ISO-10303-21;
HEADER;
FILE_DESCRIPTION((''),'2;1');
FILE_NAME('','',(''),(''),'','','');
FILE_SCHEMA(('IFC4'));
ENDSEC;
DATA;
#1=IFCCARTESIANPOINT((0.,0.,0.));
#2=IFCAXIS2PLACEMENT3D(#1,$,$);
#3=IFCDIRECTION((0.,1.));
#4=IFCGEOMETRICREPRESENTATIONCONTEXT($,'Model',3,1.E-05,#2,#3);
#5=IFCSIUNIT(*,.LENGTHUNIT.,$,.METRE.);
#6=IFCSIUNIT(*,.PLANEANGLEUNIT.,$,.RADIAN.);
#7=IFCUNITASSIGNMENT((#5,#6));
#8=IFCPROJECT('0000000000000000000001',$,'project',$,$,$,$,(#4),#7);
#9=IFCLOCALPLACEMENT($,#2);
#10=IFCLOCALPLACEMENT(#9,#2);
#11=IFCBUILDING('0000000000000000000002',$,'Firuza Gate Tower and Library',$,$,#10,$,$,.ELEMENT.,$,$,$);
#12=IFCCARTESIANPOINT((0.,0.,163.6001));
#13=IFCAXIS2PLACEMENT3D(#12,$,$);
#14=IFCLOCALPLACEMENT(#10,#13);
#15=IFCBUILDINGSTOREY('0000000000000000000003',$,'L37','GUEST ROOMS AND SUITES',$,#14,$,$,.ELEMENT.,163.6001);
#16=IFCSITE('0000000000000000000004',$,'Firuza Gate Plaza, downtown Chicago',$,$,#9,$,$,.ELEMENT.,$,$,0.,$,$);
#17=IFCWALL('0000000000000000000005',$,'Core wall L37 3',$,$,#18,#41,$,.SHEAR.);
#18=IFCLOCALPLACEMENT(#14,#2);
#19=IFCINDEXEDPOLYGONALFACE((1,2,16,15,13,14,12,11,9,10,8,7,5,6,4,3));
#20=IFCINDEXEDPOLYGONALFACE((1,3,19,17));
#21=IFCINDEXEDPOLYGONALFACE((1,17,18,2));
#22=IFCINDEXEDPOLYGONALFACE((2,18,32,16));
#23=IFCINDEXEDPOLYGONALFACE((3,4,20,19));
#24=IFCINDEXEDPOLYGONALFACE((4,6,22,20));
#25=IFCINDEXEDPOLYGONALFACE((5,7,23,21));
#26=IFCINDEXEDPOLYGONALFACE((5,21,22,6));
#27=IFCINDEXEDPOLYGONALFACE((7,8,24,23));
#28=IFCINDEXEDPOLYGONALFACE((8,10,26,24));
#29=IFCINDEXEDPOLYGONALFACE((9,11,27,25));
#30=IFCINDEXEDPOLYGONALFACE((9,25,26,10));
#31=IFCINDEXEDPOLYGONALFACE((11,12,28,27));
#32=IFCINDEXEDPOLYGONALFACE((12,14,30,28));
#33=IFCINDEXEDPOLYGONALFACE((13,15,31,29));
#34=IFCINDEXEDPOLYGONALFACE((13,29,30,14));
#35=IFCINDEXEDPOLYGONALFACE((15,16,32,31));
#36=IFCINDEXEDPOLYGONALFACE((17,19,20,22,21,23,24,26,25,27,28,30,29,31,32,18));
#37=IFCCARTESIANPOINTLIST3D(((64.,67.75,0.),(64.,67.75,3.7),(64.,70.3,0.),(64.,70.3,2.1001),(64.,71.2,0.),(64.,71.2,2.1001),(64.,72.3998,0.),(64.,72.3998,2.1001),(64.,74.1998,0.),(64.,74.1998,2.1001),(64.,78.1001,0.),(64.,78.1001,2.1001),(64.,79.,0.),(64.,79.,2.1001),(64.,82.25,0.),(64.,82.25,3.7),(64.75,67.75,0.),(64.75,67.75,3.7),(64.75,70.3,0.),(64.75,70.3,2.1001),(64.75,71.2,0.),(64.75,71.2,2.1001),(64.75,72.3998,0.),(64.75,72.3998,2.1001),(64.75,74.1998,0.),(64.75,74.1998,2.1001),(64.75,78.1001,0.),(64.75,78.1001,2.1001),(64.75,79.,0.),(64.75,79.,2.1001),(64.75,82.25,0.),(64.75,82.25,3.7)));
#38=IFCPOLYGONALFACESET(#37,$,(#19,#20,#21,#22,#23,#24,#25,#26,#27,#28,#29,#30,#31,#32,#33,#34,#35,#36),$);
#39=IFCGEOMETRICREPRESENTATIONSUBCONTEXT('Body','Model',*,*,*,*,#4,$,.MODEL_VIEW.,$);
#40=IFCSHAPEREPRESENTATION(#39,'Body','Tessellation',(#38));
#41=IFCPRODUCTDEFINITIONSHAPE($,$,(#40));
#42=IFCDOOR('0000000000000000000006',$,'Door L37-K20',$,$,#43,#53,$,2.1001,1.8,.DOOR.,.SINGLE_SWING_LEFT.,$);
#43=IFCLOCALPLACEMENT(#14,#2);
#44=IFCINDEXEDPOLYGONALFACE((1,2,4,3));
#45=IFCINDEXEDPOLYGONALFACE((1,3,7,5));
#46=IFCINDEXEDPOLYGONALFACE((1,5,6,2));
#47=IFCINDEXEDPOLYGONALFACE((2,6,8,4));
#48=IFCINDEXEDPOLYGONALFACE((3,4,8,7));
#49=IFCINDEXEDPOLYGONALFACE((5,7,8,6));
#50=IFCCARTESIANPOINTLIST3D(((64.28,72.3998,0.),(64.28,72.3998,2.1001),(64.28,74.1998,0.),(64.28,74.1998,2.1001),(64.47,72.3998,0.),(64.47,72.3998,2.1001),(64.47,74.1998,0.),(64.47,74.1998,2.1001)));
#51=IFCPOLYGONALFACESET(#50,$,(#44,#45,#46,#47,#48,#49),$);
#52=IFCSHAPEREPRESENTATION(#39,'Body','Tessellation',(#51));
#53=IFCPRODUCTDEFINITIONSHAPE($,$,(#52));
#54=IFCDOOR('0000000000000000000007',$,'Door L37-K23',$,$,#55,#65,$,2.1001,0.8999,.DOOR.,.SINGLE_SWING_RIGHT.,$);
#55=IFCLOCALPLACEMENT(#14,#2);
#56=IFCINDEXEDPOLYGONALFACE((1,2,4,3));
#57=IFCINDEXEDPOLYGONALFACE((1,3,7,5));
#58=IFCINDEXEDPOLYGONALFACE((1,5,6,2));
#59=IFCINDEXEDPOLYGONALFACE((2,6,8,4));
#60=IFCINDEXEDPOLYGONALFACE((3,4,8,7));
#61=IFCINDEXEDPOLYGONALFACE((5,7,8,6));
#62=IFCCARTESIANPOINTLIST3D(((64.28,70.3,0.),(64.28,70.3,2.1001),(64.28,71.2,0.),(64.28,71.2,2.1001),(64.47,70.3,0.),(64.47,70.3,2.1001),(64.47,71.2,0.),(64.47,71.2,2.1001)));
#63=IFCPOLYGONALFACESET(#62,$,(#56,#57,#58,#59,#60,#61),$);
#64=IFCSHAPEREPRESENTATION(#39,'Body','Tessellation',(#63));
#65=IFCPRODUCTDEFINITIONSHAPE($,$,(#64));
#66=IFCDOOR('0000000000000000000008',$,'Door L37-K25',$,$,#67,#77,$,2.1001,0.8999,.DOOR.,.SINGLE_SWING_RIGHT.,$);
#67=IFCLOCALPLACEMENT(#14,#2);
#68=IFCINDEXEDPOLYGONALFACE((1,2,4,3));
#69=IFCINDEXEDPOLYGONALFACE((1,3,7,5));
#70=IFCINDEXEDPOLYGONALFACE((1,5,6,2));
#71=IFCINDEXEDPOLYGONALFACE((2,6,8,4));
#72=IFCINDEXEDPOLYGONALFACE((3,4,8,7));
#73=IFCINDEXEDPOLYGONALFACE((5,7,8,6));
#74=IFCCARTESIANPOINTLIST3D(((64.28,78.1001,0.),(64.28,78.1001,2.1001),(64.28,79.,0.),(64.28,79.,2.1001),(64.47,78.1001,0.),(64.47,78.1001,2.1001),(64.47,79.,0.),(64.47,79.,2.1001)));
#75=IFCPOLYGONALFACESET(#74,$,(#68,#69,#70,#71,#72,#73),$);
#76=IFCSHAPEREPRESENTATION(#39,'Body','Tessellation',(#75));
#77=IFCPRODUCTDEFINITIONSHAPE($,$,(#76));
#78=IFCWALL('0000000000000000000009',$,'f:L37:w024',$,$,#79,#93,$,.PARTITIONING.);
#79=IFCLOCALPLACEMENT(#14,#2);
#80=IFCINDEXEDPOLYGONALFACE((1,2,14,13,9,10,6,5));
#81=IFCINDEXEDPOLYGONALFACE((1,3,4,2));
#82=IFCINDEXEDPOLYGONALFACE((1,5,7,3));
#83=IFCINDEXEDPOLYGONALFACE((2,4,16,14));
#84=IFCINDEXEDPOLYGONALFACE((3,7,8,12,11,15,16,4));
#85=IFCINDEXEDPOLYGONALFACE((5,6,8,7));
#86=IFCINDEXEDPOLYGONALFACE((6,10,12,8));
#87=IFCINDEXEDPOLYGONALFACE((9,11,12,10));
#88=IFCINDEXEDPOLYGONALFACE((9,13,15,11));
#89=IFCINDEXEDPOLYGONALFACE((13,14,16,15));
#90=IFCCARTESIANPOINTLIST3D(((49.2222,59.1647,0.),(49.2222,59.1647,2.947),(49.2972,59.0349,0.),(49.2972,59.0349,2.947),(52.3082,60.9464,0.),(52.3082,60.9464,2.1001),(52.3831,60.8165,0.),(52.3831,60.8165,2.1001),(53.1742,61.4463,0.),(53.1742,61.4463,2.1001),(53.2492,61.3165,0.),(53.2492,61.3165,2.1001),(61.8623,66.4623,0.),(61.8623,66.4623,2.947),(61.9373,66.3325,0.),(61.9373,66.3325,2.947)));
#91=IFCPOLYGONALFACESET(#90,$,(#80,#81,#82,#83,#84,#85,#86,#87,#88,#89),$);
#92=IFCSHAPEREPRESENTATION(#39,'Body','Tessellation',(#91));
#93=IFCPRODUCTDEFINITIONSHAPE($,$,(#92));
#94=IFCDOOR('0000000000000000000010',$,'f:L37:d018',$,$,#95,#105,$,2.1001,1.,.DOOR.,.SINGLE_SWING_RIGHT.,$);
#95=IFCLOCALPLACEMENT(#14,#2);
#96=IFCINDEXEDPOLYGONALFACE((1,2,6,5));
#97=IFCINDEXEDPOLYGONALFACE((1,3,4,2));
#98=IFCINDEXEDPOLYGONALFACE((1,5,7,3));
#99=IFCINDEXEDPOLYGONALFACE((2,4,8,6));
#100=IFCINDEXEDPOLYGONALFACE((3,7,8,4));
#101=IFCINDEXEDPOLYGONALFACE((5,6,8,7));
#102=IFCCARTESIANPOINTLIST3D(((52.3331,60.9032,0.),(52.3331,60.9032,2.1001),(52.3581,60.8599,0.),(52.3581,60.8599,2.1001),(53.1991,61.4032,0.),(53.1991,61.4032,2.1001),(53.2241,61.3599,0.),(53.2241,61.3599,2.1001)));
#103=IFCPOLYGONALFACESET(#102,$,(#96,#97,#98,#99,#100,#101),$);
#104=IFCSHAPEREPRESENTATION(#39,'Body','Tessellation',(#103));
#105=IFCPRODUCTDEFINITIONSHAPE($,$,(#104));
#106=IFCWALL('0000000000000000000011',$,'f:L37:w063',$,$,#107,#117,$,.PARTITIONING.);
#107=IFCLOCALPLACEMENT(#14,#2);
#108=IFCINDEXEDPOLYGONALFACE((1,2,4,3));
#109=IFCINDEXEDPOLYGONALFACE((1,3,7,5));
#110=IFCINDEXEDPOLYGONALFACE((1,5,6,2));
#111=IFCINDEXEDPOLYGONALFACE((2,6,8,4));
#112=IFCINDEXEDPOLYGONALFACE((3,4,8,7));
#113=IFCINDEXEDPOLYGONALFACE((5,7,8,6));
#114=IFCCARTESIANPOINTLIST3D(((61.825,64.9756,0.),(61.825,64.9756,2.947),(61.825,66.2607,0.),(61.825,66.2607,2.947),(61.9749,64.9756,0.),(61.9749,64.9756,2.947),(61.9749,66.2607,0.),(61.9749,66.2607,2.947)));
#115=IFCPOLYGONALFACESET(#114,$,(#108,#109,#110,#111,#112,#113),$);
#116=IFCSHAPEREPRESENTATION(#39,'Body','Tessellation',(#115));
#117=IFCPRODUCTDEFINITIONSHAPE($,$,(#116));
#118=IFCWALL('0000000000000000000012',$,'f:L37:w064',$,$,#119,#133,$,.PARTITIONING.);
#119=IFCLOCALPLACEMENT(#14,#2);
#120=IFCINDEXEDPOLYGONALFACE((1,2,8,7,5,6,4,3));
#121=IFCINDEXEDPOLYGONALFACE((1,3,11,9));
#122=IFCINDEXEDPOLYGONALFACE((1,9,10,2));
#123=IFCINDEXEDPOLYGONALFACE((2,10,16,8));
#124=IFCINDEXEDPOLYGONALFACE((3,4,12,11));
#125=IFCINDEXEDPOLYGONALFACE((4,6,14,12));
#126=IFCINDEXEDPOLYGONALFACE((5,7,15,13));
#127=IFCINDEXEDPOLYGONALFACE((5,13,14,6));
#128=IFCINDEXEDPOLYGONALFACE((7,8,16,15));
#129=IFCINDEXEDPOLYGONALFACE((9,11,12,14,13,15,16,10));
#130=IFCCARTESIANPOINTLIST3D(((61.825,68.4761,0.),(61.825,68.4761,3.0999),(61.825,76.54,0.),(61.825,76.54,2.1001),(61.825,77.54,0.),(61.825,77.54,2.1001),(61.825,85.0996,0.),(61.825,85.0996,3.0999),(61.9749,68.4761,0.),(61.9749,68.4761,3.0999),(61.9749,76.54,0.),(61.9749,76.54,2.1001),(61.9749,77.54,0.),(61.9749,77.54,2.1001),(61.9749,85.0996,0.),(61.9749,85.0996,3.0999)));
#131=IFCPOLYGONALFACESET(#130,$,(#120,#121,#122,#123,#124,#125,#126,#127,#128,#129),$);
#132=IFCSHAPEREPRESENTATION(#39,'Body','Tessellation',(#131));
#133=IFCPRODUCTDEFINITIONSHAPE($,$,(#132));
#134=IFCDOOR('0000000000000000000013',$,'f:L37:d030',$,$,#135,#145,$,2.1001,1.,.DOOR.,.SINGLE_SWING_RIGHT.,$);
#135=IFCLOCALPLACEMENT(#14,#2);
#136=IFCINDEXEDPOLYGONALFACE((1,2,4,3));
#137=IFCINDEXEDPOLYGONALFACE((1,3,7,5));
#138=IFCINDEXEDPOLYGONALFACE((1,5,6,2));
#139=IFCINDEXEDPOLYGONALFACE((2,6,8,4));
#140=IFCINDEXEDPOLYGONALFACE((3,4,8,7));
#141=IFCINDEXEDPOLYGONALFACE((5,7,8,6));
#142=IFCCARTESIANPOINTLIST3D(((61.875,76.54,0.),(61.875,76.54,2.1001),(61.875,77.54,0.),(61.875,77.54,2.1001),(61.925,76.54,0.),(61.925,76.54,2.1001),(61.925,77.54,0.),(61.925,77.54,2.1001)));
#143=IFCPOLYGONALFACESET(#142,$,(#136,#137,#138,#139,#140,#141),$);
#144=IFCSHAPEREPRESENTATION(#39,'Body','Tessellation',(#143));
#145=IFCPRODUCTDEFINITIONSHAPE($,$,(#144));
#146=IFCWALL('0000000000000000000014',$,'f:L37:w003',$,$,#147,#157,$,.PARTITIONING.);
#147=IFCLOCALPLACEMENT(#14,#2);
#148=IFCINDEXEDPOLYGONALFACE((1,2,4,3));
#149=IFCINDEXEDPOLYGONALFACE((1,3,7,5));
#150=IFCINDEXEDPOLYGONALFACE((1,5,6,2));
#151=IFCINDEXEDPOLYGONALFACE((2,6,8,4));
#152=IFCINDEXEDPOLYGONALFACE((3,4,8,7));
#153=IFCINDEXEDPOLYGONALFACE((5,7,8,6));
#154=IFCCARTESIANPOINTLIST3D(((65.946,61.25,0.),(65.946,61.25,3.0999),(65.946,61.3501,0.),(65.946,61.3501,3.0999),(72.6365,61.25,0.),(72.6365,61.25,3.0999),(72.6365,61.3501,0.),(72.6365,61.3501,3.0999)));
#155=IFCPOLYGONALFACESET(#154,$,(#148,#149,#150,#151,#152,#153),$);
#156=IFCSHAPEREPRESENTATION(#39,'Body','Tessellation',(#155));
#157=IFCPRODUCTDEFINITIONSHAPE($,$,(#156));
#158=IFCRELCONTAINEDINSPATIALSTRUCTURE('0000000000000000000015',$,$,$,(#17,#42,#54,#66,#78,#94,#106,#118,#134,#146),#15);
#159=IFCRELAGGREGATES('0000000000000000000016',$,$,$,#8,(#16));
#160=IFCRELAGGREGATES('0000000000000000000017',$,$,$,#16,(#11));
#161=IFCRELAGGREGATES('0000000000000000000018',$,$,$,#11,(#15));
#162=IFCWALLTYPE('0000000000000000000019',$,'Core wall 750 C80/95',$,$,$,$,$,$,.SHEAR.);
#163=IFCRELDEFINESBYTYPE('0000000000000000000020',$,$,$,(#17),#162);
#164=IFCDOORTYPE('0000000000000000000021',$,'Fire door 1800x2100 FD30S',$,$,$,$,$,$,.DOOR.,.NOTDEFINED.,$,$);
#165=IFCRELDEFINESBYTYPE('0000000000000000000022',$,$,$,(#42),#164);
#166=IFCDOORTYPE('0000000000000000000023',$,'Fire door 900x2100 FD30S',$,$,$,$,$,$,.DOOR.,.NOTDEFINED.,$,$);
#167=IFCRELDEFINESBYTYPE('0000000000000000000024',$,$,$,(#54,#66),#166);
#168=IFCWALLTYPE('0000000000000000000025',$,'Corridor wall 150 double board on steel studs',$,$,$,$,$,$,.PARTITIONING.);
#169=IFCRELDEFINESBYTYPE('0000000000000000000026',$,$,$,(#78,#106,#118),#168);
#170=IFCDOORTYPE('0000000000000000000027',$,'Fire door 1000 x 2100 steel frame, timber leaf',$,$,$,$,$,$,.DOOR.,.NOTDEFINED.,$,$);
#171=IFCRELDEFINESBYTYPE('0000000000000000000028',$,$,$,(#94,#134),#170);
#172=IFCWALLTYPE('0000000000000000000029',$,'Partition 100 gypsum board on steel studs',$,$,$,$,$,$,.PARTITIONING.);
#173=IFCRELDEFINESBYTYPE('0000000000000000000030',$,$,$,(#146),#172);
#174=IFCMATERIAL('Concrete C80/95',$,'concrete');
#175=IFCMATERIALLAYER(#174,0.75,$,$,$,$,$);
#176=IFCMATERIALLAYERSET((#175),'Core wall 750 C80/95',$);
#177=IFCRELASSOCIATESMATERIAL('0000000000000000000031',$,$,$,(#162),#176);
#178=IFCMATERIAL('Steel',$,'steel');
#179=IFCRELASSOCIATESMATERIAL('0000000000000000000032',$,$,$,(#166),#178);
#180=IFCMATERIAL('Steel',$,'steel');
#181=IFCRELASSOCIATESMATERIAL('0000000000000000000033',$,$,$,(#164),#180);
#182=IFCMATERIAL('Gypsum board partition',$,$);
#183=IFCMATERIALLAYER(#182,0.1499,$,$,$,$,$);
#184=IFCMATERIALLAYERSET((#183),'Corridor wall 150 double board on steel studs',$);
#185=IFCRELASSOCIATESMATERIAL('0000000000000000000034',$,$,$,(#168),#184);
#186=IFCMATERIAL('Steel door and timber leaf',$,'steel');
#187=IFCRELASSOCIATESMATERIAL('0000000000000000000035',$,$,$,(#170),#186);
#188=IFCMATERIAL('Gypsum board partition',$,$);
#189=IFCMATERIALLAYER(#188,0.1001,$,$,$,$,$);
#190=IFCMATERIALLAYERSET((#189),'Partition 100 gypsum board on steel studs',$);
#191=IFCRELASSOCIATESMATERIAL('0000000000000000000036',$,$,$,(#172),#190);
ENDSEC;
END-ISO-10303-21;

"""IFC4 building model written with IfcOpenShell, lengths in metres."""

from ifc_helpers import new_model, si_unit, direction, frame, frame_2d, origin, place, context, subcontext, project, spatial, rectangle, extrude, material, layer, layer_set, type_object, element, fill, save


model = new_model("IFC4")

# Units and contexts
model_context = context("Model", 3, precision=1e-05, world=origin(), true_north=direction((0.0, 1.0)))
body_context = subcontext(model_context, "Body", "Model", "MODEL_VIEW")
ifc_project = project(units=[si_unit("LENGTHUNIT", "METRE"), si_unit("PLANEANGLEUNIT", "RADIAN")], contexts=[model_context])

# Site, building, storey
site_placement = place(None, origin())
site = spatial("IfcSite", under=ifc_project, at=site_placement, Name="Firuza Gate Plaza, downtown Chicago", CompositionType="ELEMENT", RefElevation=0.0)
building_placement = place(site_placement, origin())
building = spatial("IfcBuilding", under=site, at=building_placement, Name="Firuza Gate Tower and Library", CompositionType="ELEMENT")
storey_placement = place(building_placement, frame((0.0, 0.0, 163.6001)))
storey = spatial("IfcBuildingStorey", under=building, at=storey_placement, Name="L37", Description="GUEST ROOMS AND SUITES", CompositionType="ELEMENT", Elevation=163.6001)

# Wall, openings, doors
ifc_material_1 = material(Name="Concrete C80/95", Category="concrete")
ifc_layer_1 = layer(ifc_material_1, 0.75)
ifc_layer_set_1 = layer_set([ifc_layer_1], Name="Core wall 750 C80/95")
wall_type_1 = type_object("IfcWallType", Name="Core wall 750 C80/95", PredefinedType="SHEAR", material=ifc_layer_set_1)
ifc_material_2 = material(Name="Steel", Category="steel")
door_type_1 = type_object("IfcDoorType", Name="Fire door 900x2100 FD30S", OperationType="NOTDEFINED", PredefinedType="DOOR", material=ifc_material_2)
wall_1_placement = place(storey_placement, frame((64.375, 67.75, 0.0), z_axis=(0.0, 0.0, 1.0), x_axis=(0.0, 1.0, 0.0)))
wall_1 = element("IfcWall", 1, at=wall_1_placement, inside=storey, type_object=wall_type_1, Name="Core wall L37 3", PredefinedType="SHEAR", context=body_context, shape_type="SweptSolid", body=[
    extrude(rectangle(XDim=14.5, YDim=0.75, at=frame_2d((7.25, 0.0))), origin(), (0.0, 0.0, 1.0), 3.7),
])
opening_1_placement = place(wall_1_placement, frame((4.6499, 0.0, 0.0)))
opening_1 = element("IfcOpeningElement", 2, at=opening_1_placement, cuts=wall_1, PredefinedType="OPENING", context=body_context, shape_type="SweptSolid", body=[
    extrude(rectangle(XDim=1.8, YDim=2.1001, at=frame_2d((0.8999, 1.05))), frame((0.0, 0.385, 0.0), z_axis=(0.0, -1.0, 0.0), x_axis=(1.0, 0.0, 0.0)), (0.0, 0.0, 1.0), 0.77),
])
opening_2_placement = place(wall_1_placement, frame((2.55, 0.0, 0.0)))
opening_2 = element("IfcOpeningElement", 3, at=opening_2_placement, cuts=wall_1, PredefinedType="OPENING", context=body_context, shape_type="SweptSolid", body=[
    extrude(rectangle(XDim=0.8999, YDim=2.1001, at=frame_2d((0.45, 1.05))), frame((0.0, 0.385, 0.0), z_axis=(0.0, -1.0, 0.0), x_axis=(1.0, 0.0, 0.0)), (0.0, 0.0, 1.0), 0.77),
])
opening_3_placement = place(wall_1_placement, frame((10.3501, 0.0, 0.0)))
opening_3 = element("IfcOpeningElement", 4, at=opening_3_placement, cuts=wall_1, PredefinedType="OPENING", context=body_context, shape_type="SweptSolid", body=[
    extrude(rectangle(XDim=0.8999, YDim=2.1001, at=frame_2d((0.45, 1.05))), frame((0.0, 0.385, 0.0), z_axis=(0.0, -1.0, 0.0), x_axis=(1.0, 0.0, 0.0)), (0.0, 0.0, 1.0), 0.77),
])
ifc_material_3 = material(Name="Steel", Category="steel")
door_type_2 = type_object("IfcDoorType", Name="Fire door 1800x2100 FD30S", OperationType="NOTDEFINED", PredefinedType="DOOR", material=ifc_material_3)
door_1_placement = place(opening_1_placement, origin())
door_1 = element("IfcDoor", 5, at=door_1_placement, inside=storey, type_object=door_type_2, Name="Door L37-K20", OperationType="SINGLE_SWING_LEFT", OverallHeight=2.1001, OverallWidth=1.8, PredefinedType="DOOR", context=body_context, shape_type="SweptSolid", body=[
    extrude(rectangle(XDim=1.8, YDim=2.1001, at=frame_2d((0.8999, 1.05))), frame((0.0, 0.095, 0.0), z_axis=(0.0, -1.0, 0.0), x_axis=(1.0, 0.0, 0.0)), (0.0, 0.0, 1.0), 0.1899),
])
fill(opening_1, door_1)
door_2_placement = place(opening_2_placement, origin())
door_2 = element("IfcDoor", 6, at=door_2_placement, inside=storey, type_object=door_type_1, Name="Door L37-K23", OperationType="SINGLE_SWING_RIGHT", OverallHeight=2.1001, OverallWidth=0.8999, PredefinedType="DOOR", context=body_context, shape_type="SweptSolid", body=[
    extrude(rectangle(XDim=0.8999, YDim=2.1001, at=frame_2d((0.45, 1.05))), frame((0.0, 0.095, 0.0), z_axis=(0.0, -1.0, 0.0), x_axis=(1.0, 0.0, 0.0)), (0.0, 0.0, 1.0), 0.1899),
])
fill(opening_2, door_2)
door_3_placement = place(opening_3_placement, origin())
door_3 = element("IfcDoor", 7, at=door_3_placement, inside=storey, type_object=door_type_1, Name="Door L37-K25", OperationType="SINGLE_SWING_RIGHT", OverallHeight=2.1001, OverallWidth=0.8999, PredefinedType="DOOR", context=body_context, shape_type="SweptSolid", body=[
    extrude(rectangle(XDim=0.8999, YDim=2.1001, at=frame_2d((0.45, 1.05))), frame((0.0, 0.095, 0.0), z_axis=(0.0, -1.0, 0.0), x_axis=(1.0, 0.0, 0.0)), (0.0, 0.0, 1.0), 0.1899),
])
fill(opening_3, door_3)

# Wall, opening, door
ifc_material_4 = material(Name="Gypsum board partition")
ifc_layer_2 = layer(ifc_material_4, 0.1499)
ifc_layer_set_2 = layer_set([ifc_layer_2], Name="Corridor wall 150 double board on steel studs")
wall_type_2 = type_object("IfcWallType", Name="Corridor wall 150 double board on steel studs", PredefinedType="PARTITIONING", material=ifc_layer_set_2)
wall_2_placement = place(storey_placement, frame((61.8999, 66.3975, 0.0), z_axis=(0.0, 0.0, 1.0), x_axis=(-0.866031, -0.499991, 0.0)))
wall_2 = element("IfcWall", 8, at=wall_2_placement, inside=storey, type_object=wall_type_2, Name="f:L37:w024", PredefinedType="PARTITIONING", context=body_context, shape_type="SweptSolid", body=[
    extrude(rectangle(XDim=14.5955, YDim=0.1499, at=frame_2d((7.2979, 0.0))), origin(), (0.0, 0.0, 1.0), 2.947),
])
opening_4_placement = place(wall_2_placement, frame((10.0322, 0.0, 0.0)))
opening_4 = element("IfcOpeningElement", 9, at=opening_4_placement, cuts=wall_2, PredefinedType="OPENING", context=body_context, shape_type="SweptSolid", body=[
    extrude(rectangle(XDim=1.0, YDim=2.1001, at=frame_2d((0.5, 1.05))), frame((0.0, 0.085, 0.0), z_axis=(0.0, -1.0, 0.0), x_axis=(1.0, 0.0, 0.0)), (0.0, 0.0, 1.0), 0.1699),
])
ifc_material_5 = material(Name="Steel door and timber leaf", Category="steel")
door_type_3 = type_object("IfcDoorType", Name="Fire door 1000 x 2100 steel frame, timber leaf", OperationType="NOTDEFINED", PredefinedType="DOOR", material=ifc_material_5)
door_4_placement = place(opening_4_placement, origin())
door_4 = element("IfcDoor", 10, at=door_4_placement, inside=storey, type_object=door_type_3, Name="f:L37:d018", OperationType="SINGLE_SWING_RIGHT", OverallHeight=2.1001, OverallWidth=1.0, PredefinedType="DOOR", context=body_context, shape_type="SweptSolid", body=[
    extrude(rectangle(XDim=1.0, YDim=2.1001, at=frame_2d((0.5, 1.05))), frame((0.0, 0.0249, 0.0), z_axis=(0.0, -1.0, 0.0), x_axis=(1.0, 0.0, 0.0)), (0.0, 0.0, 1.0), 0.05),
])
fill(opening_4, door_4)

# Wall
wall_3_placement = place(storey_placement, frame((61.8999, 64.9756, 0.0), z_axis=(0.0, 0.0, 1.0), x_axis=(0.0, 1.0, 0.0)))
element("IfcWall", 11, at=wall_3_placement, inside=storey, type_object=wall_type_2, Name="f:L37:w063", PredefinedType="PARTITIONING", context=body_context, shape_type="SweptSolid", body=[
    extrude(rectangle(XDim=1.2852, YDim=0.1499, at=frame_2d((0.6426, 0.0))), origin(), (0.0, 0.0, 1.0), 2.947),
])

# Wall, opening, door
wall_4_placement = place(storey_placement, frame((61.8999, 68.4761, 0.0), z_axis=(0.0, 0.0, 1.0), x_axis=(0.0, 1.0, 0.0)))
wall_4 = element("IfcWall", 12, at=wall_4_placement, inside=storey, type_object=wall_type_2, Name="f:L37:w064", PredefinedType="PARTITIONING", context=body_context, shape_type="SweptSolid", body=[
    extrude(rectangle(XDim=16.6235, YDim=0.1499, at=frame_2d((8.3118, 0.0))), origin(), (0.0, 0.0, 1.0), 3.0999),
])
opening_5_placement = place(wall_4_placement, frame((8.064, 0.0, 0.0)))
opening_5 = element("IfcOpeningElement", 13, at=opening_5_placement, cuts=wall_4, PredefinedType="OPENING", context=body_context, shape_type="SweptSolid", body=[
    extrude(rectangle(XDim=1.0, YDim=2.1001, at=frame_2d((0.5, 1.05))), frame((0.0, 0.085, 0.0), z_axis=(0.0, -1.0, 0.0), x_axis=(1.0, 0.0, 0.0)), (0.0, 0.0, 1.0), 0.1699),
])
door_5_placement = place(opening_5_placement, origin())
door_5 = element("IfcDoor", 14, at=door_5_placement, inside=storey, type_object=door_type_3, Name="f:L37:d030", OperationType="SINGLE_SWING_RIGHT", OverallHeight=2.1001, OverallWidth=1.0, PredefinedType="DOOR", context=body_context, shape_type="SweptSolid", body=[
    extrude(rectangle(XDim=1.0, YDim=2.1001, at=frame_2d((0.5, 1.05))), frame((0.0, 0.0249, 0.0), z_axis=(0.0, -1.0, 0.0), x_axis=(1.0, 0.0, 0.0)), (0.0, 0.0, 1.0), 0.05),
])
fill(opening_5, door_5)

# Wall
ifc_material_6 = material(Name="Gypsum board partition")
ifc_layer_3 = layer(ifc_material_6, 0.1001)
ifc_layer_set_3 = layer_set([ifc_layer_3], Name="Partition 100 gypsum board on steel studs")
wall_type_3 = type_object("IfcWallType", Name="Partition 100 gypsum board on steel studs", PredefinedType="PARTITIONING", material=ifc_layer_set_3)
wall_5_placement = place(storey_placement, frame((65.946, 61.3, 0.0), z_axis=(0.0, 0.0, 1.0), x_axis=(1.0, 0.0, 0.0)))
element("IfcWall", 15, at=wall_5_placement, inside=storey, type_object=wall_type_3, Name="f:L37:w003", PredefinedType="PARTITIONING", context=body_context, shape_type="SweptSolid", body=[
    extrude(rectangle(XDim=6.6904, YDim=0.1001, at=frame_2d((3.3452, 0.0))), origin(), (0.0, 0.0, 1.0), 3.0999),
])

save(model, "model.ifc")
